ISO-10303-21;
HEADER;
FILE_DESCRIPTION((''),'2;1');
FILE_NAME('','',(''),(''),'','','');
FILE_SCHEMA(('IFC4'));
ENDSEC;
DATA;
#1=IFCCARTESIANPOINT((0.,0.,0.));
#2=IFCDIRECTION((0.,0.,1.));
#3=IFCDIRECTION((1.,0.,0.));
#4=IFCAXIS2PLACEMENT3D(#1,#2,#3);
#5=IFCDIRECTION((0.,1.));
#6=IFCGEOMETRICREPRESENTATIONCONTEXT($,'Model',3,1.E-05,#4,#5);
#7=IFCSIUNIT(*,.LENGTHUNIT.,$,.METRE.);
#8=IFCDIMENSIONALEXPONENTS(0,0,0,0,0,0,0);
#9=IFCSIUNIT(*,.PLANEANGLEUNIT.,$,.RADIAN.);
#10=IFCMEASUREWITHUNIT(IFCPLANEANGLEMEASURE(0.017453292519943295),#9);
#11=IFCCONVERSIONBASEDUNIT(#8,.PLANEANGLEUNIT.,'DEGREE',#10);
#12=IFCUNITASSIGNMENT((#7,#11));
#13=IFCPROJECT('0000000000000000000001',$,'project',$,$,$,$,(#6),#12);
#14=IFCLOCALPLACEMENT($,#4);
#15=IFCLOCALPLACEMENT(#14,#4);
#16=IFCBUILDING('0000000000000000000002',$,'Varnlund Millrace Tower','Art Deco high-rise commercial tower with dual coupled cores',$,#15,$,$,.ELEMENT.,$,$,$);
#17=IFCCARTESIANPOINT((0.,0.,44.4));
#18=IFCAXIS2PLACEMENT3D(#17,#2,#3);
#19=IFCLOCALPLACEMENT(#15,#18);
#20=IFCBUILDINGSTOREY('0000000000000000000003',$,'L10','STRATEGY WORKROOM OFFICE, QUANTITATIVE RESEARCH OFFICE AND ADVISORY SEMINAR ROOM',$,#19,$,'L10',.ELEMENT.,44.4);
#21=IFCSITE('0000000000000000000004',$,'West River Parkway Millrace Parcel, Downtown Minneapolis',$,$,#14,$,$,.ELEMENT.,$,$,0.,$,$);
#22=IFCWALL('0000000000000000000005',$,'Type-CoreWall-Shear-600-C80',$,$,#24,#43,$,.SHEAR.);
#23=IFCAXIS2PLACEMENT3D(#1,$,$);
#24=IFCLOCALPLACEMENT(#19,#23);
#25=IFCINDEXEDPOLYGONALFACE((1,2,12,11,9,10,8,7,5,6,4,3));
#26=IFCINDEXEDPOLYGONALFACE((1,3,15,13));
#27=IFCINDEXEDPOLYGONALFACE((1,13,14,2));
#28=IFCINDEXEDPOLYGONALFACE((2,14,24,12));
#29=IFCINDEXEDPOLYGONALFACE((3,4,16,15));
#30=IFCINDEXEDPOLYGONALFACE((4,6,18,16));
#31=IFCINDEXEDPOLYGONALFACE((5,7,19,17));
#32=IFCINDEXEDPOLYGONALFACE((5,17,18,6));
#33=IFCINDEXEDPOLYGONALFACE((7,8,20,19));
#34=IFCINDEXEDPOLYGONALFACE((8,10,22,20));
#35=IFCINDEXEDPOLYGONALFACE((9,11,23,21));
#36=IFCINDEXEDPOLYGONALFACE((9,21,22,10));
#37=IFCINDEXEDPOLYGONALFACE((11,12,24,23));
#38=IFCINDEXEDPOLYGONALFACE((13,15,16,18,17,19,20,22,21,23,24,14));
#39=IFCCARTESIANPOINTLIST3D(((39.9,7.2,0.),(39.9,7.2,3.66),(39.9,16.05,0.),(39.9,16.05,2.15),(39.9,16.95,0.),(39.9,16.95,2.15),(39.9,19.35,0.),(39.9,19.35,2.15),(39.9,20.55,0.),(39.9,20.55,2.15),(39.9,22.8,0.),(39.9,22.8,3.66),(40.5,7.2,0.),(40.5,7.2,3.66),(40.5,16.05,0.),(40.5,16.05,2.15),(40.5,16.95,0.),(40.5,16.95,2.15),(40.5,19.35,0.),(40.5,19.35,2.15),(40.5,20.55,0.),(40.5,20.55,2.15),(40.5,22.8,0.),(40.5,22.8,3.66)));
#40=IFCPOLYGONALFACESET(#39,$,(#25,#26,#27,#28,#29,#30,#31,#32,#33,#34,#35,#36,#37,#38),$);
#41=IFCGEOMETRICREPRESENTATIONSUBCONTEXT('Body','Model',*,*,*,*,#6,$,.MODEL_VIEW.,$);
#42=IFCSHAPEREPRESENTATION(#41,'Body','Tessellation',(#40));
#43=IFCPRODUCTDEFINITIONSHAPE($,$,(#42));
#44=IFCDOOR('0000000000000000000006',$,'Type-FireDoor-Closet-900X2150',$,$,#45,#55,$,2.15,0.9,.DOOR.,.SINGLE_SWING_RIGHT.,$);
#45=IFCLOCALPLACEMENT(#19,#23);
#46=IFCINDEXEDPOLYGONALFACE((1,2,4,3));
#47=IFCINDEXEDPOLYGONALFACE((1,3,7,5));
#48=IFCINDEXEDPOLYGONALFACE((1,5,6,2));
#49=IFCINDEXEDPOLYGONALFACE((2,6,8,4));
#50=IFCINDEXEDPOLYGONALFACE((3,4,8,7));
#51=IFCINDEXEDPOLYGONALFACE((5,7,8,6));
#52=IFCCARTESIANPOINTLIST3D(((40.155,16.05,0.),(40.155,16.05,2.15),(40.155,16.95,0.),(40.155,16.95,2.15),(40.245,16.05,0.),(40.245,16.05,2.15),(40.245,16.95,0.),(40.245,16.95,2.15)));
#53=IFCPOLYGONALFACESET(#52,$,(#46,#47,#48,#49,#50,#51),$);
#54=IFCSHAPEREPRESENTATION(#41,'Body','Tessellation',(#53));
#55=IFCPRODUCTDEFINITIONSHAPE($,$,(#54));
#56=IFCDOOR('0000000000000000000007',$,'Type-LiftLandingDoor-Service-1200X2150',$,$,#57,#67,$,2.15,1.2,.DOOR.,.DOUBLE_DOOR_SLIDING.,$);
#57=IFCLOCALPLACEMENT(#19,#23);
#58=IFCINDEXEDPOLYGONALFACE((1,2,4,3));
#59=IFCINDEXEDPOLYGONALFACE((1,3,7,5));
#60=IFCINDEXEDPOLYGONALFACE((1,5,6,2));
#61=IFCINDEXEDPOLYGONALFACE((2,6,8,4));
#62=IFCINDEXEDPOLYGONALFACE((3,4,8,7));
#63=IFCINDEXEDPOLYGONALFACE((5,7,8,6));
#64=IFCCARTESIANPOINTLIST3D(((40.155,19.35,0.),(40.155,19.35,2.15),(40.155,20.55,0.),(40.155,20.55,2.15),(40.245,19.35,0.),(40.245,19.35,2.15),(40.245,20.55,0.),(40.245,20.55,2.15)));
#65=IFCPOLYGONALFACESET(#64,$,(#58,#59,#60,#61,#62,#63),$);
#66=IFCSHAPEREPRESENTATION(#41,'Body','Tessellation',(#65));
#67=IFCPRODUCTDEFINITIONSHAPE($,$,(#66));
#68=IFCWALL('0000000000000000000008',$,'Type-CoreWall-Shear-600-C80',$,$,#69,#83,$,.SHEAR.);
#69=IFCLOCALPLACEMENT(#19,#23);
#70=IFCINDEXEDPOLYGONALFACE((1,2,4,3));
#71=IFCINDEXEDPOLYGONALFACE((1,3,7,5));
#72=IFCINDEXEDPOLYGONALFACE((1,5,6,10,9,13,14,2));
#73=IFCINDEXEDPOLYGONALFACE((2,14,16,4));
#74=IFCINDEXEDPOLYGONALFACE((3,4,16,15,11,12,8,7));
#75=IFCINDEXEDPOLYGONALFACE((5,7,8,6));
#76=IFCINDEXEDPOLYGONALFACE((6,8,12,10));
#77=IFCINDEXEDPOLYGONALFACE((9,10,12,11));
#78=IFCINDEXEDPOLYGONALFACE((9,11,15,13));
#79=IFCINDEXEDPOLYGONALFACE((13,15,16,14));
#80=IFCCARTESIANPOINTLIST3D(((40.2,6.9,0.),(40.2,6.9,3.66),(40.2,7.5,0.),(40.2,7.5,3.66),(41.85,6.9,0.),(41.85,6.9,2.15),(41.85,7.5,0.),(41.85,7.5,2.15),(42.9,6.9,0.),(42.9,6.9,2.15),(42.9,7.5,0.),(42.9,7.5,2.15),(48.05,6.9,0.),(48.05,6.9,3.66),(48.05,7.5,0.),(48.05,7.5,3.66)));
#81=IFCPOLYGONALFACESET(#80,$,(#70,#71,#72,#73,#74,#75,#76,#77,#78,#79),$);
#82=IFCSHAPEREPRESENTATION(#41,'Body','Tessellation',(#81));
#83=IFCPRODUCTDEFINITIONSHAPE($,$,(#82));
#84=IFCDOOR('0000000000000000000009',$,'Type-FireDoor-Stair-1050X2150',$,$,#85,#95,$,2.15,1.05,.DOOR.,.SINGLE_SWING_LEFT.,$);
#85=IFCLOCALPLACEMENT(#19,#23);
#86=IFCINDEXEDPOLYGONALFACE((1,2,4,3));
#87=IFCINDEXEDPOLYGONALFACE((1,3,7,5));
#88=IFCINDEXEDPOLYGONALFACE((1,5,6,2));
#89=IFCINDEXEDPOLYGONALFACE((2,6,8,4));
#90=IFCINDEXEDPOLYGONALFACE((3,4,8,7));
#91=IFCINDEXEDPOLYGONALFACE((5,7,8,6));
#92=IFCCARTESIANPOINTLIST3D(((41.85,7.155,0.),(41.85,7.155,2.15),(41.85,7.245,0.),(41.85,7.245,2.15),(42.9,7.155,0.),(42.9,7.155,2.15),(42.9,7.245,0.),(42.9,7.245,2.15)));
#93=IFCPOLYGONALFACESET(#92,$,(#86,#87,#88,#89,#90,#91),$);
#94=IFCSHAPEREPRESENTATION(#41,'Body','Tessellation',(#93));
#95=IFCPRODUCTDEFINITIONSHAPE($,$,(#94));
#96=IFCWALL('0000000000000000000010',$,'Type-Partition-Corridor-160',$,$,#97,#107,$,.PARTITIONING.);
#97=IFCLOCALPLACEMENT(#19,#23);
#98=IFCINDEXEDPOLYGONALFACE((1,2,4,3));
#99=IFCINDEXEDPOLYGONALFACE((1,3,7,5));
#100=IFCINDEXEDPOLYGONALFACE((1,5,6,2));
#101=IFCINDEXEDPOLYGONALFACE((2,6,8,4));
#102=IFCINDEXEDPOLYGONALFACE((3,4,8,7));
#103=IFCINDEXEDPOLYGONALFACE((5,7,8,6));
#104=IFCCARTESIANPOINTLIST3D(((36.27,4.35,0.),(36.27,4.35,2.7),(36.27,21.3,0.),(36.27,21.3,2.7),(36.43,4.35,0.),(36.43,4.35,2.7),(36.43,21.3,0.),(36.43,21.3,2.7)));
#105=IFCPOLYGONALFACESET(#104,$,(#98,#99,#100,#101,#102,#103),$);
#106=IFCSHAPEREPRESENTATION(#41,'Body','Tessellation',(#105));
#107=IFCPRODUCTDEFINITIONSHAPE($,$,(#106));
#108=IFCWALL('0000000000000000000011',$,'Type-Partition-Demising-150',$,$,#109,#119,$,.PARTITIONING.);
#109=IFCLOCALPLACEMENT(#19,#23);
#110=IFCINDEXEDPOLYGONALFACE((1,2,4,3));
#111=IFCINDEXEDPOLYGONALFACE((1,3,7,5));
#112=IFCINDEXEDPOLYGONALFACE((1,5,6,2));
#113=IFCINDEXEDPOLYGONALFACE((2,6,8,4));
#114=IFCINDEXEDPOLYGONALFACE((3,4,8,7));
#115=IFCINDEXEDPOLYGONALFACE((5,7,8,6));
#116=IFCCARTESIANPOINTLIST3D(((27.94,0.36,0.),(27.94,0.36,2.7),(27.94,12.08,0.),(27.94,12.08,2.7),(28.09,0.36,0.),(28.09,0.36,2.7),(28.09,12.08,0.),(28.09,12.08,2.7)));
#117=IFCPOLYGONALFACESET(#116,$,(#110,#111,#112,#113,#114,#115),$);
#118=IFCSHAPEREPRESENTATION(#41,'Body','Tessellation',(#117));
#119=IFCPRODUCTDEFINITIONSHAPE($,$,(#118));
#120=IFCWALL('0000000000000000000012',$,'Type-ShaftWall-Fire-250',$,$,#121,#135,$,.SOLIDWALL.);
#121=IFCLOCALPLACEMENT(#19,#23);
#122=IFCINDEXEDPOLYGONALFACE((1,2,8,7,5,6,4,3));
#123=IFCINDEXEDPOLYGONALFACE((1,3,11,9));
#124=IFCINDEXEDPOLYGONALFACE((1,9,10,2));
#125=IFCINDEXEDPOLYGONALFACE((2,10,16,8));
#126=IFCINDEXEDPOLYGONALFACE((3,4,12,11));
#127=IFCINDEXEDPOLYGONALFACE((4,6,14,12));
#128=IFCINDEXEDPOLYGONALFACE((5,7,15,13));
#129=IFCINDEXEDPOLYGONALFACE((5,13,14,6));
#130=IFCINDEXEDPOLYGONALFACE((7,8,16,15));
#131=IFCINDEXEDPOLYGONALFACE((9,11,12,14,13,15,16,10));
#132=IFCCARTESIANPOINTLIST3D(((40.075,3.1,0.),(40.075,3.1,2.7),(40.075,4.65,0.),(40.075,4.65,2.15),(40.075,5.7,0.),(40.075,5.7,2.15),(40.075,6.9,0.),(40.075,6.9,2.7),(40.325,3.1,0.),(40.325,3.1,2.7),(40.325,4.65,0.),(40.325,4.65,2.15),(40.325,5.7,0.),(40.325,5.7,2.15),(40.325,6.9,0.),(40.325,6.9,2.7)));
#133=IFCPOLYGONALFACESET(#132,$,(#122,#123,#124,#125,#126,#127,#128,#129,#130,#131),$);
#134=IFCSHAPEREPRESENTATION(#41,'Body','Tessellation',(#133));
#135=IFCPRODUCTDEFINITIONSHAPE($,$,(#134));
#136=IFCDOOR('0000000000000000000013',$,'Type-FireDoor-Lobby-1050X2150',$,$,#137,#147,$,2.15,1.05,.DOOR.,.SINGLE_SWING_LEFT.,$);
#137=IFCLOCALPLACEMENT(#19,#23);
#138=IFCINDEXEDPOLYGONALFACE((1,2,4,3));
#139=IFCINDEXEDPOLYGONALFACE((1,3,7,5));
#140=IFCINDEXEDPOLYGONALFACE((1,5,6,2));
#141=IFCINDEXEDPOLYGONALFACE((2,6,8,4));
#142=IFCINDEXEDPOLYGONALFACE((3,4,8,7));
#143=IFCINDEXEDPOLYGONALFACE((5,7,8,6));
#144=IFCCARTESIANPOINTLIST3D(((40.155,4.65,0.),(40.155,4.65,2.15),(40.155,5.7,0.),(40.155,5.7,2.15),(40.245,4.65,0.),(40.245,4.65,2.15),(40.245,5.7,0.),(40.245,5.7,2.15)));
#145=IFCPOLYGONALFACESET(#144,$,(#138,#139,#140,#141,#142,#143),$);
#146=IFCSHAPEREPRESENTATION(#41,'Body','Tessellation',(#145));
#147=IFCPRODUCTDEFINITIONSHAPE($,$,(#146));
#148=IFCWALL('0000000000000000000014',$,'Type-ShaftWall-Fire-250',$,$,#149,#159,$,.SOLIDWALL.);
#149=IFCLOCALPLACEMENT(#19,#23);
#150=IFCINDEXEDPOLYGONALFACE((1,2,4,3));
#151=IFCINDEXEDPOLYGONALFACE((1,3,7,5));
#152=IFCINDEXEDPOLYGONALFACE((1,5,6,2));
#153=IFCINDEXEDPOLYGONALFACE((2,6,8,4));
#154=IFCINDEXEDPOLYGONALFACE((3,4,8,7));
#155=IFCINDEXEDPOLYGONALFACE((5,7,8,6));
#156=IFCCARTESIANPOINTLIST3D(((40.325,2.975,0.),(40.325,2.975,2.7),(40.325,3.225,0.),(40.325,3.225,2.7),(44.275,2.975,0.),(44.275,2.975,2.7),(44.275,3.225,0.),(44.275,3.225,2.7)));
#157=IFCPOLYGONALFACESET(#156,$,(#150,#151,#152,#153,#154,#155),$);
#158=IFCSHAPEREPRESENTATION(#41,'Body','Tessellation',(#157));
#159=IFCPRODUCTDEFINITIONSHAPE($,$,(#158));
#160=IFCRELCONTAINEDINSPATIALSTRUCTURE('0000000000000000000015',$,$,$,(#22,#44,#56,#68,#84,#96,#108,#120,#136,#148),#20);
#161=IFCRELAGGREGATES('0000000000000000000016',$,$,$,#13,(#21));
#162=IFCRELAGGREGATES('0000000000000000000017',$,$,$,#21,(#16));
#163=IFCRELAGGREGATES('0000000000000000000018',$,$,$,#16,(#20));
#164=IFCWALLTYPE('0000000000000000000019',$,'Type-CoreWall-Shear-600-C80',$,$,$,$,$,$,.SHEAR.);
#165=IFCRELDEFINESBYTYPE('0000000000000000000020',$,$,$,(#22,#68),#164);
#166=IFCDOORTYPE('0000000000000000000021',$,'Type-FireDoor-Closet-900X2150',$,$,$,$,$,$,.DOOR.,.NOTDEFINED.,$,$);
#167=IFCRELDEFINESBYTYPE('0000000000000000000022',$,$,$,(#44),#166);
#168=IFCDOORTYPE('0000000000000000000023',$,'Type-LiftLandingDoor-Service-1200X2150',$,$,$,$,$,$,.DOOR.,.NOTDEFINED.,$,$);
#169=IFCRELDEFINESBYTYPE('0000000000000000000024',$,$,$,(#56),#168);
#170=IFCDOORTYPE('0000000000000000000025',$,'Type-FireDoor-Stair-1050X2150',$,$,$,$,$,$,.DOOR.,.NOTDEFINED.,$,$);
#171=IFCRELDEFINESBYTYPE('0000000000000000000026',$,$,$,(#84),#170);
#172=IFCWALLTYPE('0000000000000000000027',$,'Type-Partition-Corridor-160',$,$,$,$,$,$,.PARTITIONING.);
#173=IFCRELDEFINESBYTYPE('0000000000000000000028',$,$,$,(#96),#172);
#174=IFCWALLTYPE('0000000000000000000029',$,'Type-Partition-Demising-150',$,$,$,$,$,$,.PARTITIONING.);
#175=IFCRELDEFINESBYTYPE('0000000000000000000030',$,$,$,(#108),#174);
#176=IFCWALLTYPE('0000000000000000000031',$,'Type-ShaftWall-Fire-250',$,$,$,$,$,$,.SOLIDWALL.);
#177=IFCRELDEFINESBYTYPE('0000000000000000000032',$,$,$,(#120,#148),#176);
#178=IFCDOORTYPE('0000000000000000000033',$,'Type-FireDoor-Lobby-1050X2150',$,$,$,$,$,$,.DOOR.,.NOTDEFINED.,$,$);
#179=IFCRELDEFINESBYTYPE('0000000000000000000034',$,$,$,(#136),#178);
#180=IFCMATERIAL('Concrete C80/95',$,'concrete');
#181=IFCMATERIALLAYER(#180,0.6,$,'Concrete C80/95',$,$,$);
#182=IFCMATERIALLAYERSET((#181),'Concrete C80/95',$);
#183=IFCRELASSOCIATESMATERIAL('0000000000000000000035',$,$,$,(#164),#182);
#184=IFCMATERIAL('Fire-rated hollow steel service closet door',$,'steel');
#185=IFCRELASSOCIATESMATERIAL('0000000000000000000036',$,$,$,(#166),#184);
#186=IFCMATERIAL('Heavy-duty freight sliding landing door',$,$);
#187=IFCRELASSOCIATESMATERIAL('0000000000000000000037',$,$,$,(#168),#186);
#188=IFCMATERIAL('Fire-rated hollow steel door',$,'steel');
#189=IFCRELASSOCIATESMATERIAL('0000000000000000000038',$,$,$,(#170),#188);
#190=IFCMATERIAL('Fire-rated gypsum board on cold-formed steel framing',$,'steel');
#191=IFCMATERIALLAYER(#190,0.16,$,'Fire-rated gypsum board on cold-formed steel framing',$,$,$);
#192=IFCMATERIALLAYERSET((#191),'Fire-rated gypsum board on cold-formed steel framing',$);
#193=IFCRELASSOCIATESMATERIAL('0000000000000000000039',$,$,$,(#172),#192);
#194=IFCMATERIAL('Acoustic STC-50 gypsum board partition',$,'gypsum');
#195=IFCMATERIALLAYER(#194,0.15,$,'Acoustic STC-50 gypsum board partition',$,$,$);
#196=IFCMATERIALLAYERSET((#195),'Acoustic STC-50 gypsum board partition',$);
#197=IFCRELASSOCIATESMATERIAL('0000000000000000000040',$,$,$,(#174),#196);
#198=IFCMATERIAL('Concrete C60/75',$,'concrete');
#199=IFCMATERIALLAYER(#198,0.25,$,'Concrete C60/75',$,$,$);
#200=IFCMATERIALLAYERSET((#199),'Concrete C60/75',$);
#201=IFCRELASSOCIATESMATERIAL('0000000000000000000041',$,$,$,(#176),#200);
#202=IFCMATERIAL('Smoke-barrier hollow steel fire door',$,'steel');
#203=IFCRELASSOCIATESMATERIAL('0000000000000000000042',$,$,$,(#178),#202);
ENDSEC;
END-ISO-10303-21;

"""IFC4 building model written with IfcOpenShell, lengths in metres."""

from ifc_helpers import new_model, entity, si_unit, converted_unit, direction, frame, origin_with_axes, origin_2d_with_axis, place, context, subcontext, project, spatial, polyline, rectangle, outline, extrude, material, layer, layer_set, type_object, element, fill, save


model = new_model("IFC4")

# Units and contexts
model_context = context("Model", 3, precision=1e-05, world=origin_with_axes(), true_north=direction((0.0, 1.0)))
body_context = subcontext(model_context, "Body", "Model", "MODEL_VIEW")
ifc_project = project(units=[si_unit("LENGTHUNIT", "METRE"), converted_unit("PLANEANGLEUNIT", "DEGREE", entity("IfcPlaneAngleMeasure", 0.017453292519943295), si_unit("PLANEANGLEUNIT", "RADIAN"), dimensions=[0, 0, 0, 0, 0, 0, 0])], contexts=[model_context])

# Site, building, storey
site_placement = place(None, origin_with_axes())
site = spatial("IfcSite", under=ifc_project, at=site_placement, Name="West River Parkway Millrace Parcel, Downtown Minneapolis", CompositionType="ELEMENT", RefElevation=0.0)
building_placement = place(site_placement, origin_with_axes())
building = spatial("IfcBuilding", under=site, at=building_placement, Name="Varnlund Millrace Tower", Description="Art Deco high-rise commercial tower with dual coupled cores", CompositionType="ELEMENT")
storey_placement = place(building_placement, frame((0.0, 0.0, 44.4), z_axis=(0.0, 0.0, 1.0), x_axis=(1.0, 0.0, 0.0)))
storey = spatial("IfcBuildingStorey", under=building, at=storey_placement, Name="L10", Description="STRATEGY WORKROOM OFFICE, QUANTITATIVE RESEARCH OFFICE AND ADVISORY SEMINAR ROOM", LongName="L10", CompositionType="ELEMENT", Elevation=44.4)

# Shared definitions
ifc_material_1 = material(Name="Concrete C80/95", Category="concrete")

# Wall, openings, doors
ifc_layer_1 = layer(ifc_material_1, 0.6, Name="Concrete C80/95")
ifc_layer_set_1 = layer_set([ifc_layer_1], Name="Concrete C80/95")
wall_type_1 = type_object("IfcWallType", Name="Type-CoreWall-Shear-600-C80", PredefinedType="SHEAR", material=ifc_layer_set_1)
wall_1_placement = place(storey_placement, frame((40.2, 7.2, 0.0), z_axis=(0.0, 0.0, 1.0), x_axis=(0.0, 1.0, 0.0)))
wall_1 = element("IfcWall", 1, at=wall_1_placement, inside=storey, type_object=wall_type_1, Name="Type-CoreWall-Shear-600-C80", PredefinedType="SHEAR", context=body_context, shape_type="SweptSolid", body=[
    extrude(outline(polyline([(0.0, -0.3), (15.6, -0.3), (15.6, 0.3), (0.0, 0.3), (0.0, -0.3)])), origin_with_axes(), (0.0, 0.0, 1.0), 3.66),
])
opening_1_placement = place(wall_1_placement, frame((12.75, 0.0, 0.0), z_axis=(0.0, 0.0, 1.0), x_axis=(1.0, 0.0, 0.0)))
opening_1 = element("IfcOpeningElement", 2, at=opening_1_placement, cuts=wall_1, PredefinedType="OPENING", context=body_context, shape_type="SweptSolid", body=[
    extrude(rectangle(XDim=1.2, YDim=0.62, at=origin_2d_with_axis()), origin_with_axes(), (0.0, 0.0, 1.0), 2.15),
])
opening_2_placement = place(wall_1_placement, frame((9.3, 0.0, 0.0), z_axis=(0.0, 0.0, 1.0), x_axis=(1.0, 0.0, 0.0)))
opening_2 = element("IfcOpeningElement", 3, at=opening_2_placement, cuts=wall_1, PredefinedType="OPENING", context=body_context, shape_type="SweptSolid", body=[
    extrude(rectangle(XDim=0.9, YDim=0.62, at=origin_2d_with_axis()), origin_with_axes(), (0.0, 0.0, 1.0), 2.15),
])
ifc_material_2 = material(Name="Fire-rated hollow steel service closet door", Category="steel")
door_type_1 = type_object("IfcDoorType", Name="Type-FireDoor-Closet-900X2150", OperationType="NOTDEFINED", PredefinedType="DOOR", material=ifc_material_2)
door_1_placement = place(wall_1_placement, frame((9.3, 0.0, 0.0), z_axis=(0.0, 0.0, 1.0), x_axis=(1.0, 0.0, 0.0)))
door_1 = element("IfcDoor", 4, at=door_1_placement, inside=storey, type_object=door_type_1, Name="Type-FireDoor-Closet-900X2150", OperationType="SINGLE_SWING_RIGHT", OverallHeight=2.15, OverallWidth=0.9, PredefinedType="DOOR", context=body_context, shape_type="SweptSolid", body=[
    extrude(rectangle(XDim=0.9, YDim=0.09, at=origin_2d_with_axis()), origin_with_axes(), (0.0, 0.0, 1.0), 2.15),
])
fill(opening_2, door_1)
ifc_material_3 = material(Name="Heavy-duty freight sliding landing door")
door_type_2 = type_object("IfcDoorType", Name="Type-LiftLandingDoor-Service-1200X2150", OperationType="NOTDEFINED", PredefinedType="DOOR", material=ifc_material_3)
door_2_placement = place(wall_1_placement, frame((12.75, 0.0, 0.0), z_axis=(0.0, 0.0, 1.0), x_axis=(1.0, 0.0, 0.0)))
door_2 = element("IfcDoor", 5, at=door_2_placement, inside=storey, type_object=door_type_2, Name="Type-LiftLandingDoor-Service-1200X2150", OperationType="DOUBLE_DOOR_SLIDING", OverallHeight=2.15, OverallWidth=1.2, PredefinedType="DOOR", context=body_context, shape_type="SweptSolid", body=[
    extrude(rectangle(XDim=1.2, YDim=0.09, at=origin_2d_with_axis()), origin_with_axes(), (0.0, 0.0, 1.0), 2.15),
])
fill(opening_1, door_2)

# Wall, opening, door
wall_2_placement = place(storey_placement, frame((40.2, 7.2, 0.0), z_axis=(0.0, 0.0, 1.0), x_axis=(1.0, 0.0, 0.0)))
wall_2 = element("IfcWall", 6, at=wall_2_placement, inside=storey, type_object=wall_type_1, Name="Type-CoreWall-Shear-600-C80", PredefinedType="SHEAR", context=body_context, shape_type="SweptSolid", body=[
    extrude(outline(polyline([(0.0, -0.3), (7.85, -0.3), (7.85, 0.3), (0.0, 0.3), (0.0, -0.3)])), origin_with_axes(), (0.0, 0.0, 1.0), 3.66),
])
opening_3_placement = place(wall_2_placement, frame((2.175, 0.0, 0.0), z_axis=(0.0, 0.0, 1.0), x_axis=(1.0, 0.0, 0.0)))
opening_3 = element("IfcOpeningElement", 7, at=opening_3_placement, cuts=wall_2, PredefinedType="OPENING", context=body_context, shape_type="SweptSolid", body=[
    extrude(rectangle(XDim=1.05, YDim=0.62, at=origin_2d_with_axis()), origin_with_axes(), (0.0, 0.0, 1.0), 2.15),
])
ifc_material_4 = material(Name="Fire-rated hollow steel door", Category="steel")
door_type_3 = type_object("IfcDoorType", Name="Type-FireDoor-Stair-1050X2150", OperationType="NOTDEFINED", PredefinedType="DOOR", material=ifc_material_4)
door_3_placement = place(wall_2_placement, frame((2.175, 0.0, 0.0), z_axis=(0.0, 0.0, 1.0), x_axis=(1.0, 0.0, 0.0)))
door_3 = element("IfcDoor", 8, at=door_3_placement, inside=storey, type_object=door_type_3, Name="Type-FireDoor-Stair-1050X2150", OperationType="SINGLE_SWING_LEFT", OverallHeight=2.15, OverallWidth=1.05, PredefinedType="DOOR", context=body_context, shape_type="SweptSolid", body=[
    extrude(rectangle(XDim=1.05, YDim=0.09, at=origin_2d_with_axis()), origin_with_axes(), (0.0, 0.0, 1.0), 2.15),
])
fill(opening_3, door_3)

# Walls
ifc_material_5 = material(Name="Fire-rated gypsum board on cold-formed steel framing", Category="steel")
ifc_layer_2 = layer(ifc_material_5, 0.16, Name="Fire-rated gypsum board on cold-formed steel framing")
ifc_layer_set_2 = layer_set([ifc_layer_2], Name="Fire-rated gypsum board on cold-formed steel framing")
wall_type_2 = type_object("IfcWallType", Name="Type-Partition-Corridor-160", PredefinedType="PARTITIONING", material=ifc_layer_set_2)
wall_3_placement = place(storey_placement, frame((36.35, 4.35, 0.0), z_axis=(0.0, 0.0, 1.0), x_axis=(0.0, 1.0, 0.0)))
element("IfcWall", 9, at=wall_3_placement, inside=storey, type_object=wall_type_2, Name="Type-Partition-Corridor-160", PredefinedType="PARTITIONING", context=body_context, shape_type="SweptSolid", body=[
    extrude(outline(polyline([(0.0, -0.08), (16.95, -0.08), (16.95, 0.08), (0.0, 0.08), (0.0, -0.08)])), origin_with_axes(), (0.0, 0.0, 1.0), 2.7),
])
ifc_material_6 = material(Name="Acoustic STC-50 gypsum board partition", Category="gypsum")
ifc_layer_3 = layer(ifc_material_6, 0.15, Name="Acoustic STC-50 gypsum board partition")
ifc_layer_set_3 = layer_set([ifc_layer_3], Name="Acoustic STC-50 gypsum board partition")
wall_type_3 = type_object("IfcWallType", Name="Type-Partition-Demising-150", PredefinedType="PARTITIONING", material=ifc_layer_set_3)
wall_4_placement = place(storey_placement, frame((28.015, 0.36, 0.0), z_axis=(0.0, 0.0, 1.0), x_axis=(0.0, 1.0, 0.0)))
element("IfcWall", 10, at=wall_4_placement, inside=storey, type_object=wall_type_3, Name="Type-Partition-Demising-150", PredefinedType="PARTITIONING", context=body_context, shape_type="SweptSolid", body=[
    extrude(outline(polyline([(0.0, -0.075), (11.72, -0.075), (11.72, 0.075), (0.0, 0.075), (0.0, -0.075)])), origin_with_axes(), (0.0, 0.0, 1.0), 2.7),
])

# Wall, opening, door
ifc_material_7 = material(Name="Concrete C60/75", Category="concrete")
ifc_layer_4 = layer(ifc_material_7, 0.25, Name="Concrete C60/75")
ifc_layer_set_4 = layer_set([ifc_layer_4], Name="Concrete C60/75")
wall_type_4 = type_object("IfcWallType", Name="Type-ShaftWall-Fire-250", PredefinedType="SOLIDWALL", material=ifc_layer_set_4)
wall_5_placement = place(storey_placement, frame((40.2, 3.1, 0.0), z_axis=(0.0, 0.0, 1.0), x_axis=(0.0, 1.0, 0.0)))
wall_5 = element("IfcWall", 11, at=wall_5_placement, inside=storey, type_object=wall_type_4, Name="Type-ShaftWall-Fire-250", PredefinedType="SOLIDWALL", context=body_context, shape_type="SweptSolid", body=[
    extrude(outline(polyline([(0.0, -0.125), (3.8, -0.125), (3.8, 0.125), (0.0, 0.125), (0.0, -0.125)])), origin_with_axes(), (0.0, 0.0, 1.0), 2.7),
])
opening_4_placement = place(wall_5_placement, frame((2.075, 0.0, 0.0), z_axis=(0.0, 0.0, 1.0), x_axis=(1.0, 0.0, 0.0)))
opening_4 = element("IfcOpeningElement", 12, at=opening_4_placement, cuts=wall_5, PredefinedType="OPENING", context=body_context, shape_type="SweptSolid", body=[
    extrude(rectangle(XDim=1.05, YDim=0.27, at=origin_2d_with_axis()), origin_with_axes(), (0.0, 0.0, 1.0), 2.15),
])
ifc_material_8 = material(Name="Smoke-barrier hollow steel fire door", Category="steel")
door_type_4 = type_object("IfcDoorType", Name="Type-FireDoor-Lobby-1050X2150", OperationType="NOTDEFINED", PredefinedType="DOOR", material=ifc_material_8)
door_4_placement = place(wall_5_placement, frame((2.075, 0.0, 0.0), z_axis=(0.0, 0.0, 1.0), x_axis=(1.0, 0.0, 0.0)))
door_4 = element("IfcDoor", 13, at=door_4_placement, inside=storey, type_object=door_type_4, Name="Type-FireDoor-Lobby-1050X2150", OperationType="SINGLE_SWING_LEFT", OverallHeight=2.15, OverallWidth=1.05, PredefinedType="DOOR", context=body_context, shape_type="SweptSolid", body=[
    extrude(rectangle(XDim=1.05, YDim=0.09, at=origin_2d_with_axis()), origin_with_axes(), (0.0, 0.0, 1.0), 2.15),
])
fill(opening_4, door_4)

# Wall
wall_6_placement = place(storey_placement, frame((40.325, 3.1, 0.0), z_axis=(0.0, 0.0, 1.0), x_axis=(1.0, 0.0, 0.0)))
element("IfcWall", 14, at=wall_6_placement, inside=storey, type_object=wall_type_4, Name="Type-ShaftWall-Fire-250", PredefinedType="SOLIDWALL", context=body_context, shape_type="SweptSolid", body=[
    extrude(outline(polyline([(0.0, -0.125), (3.95, -0.125), (3.95, 0.125), (0.0, 0.125), (0.0, -0.125)])), origin_with_axes(), (0.0, 0.0, 1.0), 2.7),
])

save(model, "model.ifc")
